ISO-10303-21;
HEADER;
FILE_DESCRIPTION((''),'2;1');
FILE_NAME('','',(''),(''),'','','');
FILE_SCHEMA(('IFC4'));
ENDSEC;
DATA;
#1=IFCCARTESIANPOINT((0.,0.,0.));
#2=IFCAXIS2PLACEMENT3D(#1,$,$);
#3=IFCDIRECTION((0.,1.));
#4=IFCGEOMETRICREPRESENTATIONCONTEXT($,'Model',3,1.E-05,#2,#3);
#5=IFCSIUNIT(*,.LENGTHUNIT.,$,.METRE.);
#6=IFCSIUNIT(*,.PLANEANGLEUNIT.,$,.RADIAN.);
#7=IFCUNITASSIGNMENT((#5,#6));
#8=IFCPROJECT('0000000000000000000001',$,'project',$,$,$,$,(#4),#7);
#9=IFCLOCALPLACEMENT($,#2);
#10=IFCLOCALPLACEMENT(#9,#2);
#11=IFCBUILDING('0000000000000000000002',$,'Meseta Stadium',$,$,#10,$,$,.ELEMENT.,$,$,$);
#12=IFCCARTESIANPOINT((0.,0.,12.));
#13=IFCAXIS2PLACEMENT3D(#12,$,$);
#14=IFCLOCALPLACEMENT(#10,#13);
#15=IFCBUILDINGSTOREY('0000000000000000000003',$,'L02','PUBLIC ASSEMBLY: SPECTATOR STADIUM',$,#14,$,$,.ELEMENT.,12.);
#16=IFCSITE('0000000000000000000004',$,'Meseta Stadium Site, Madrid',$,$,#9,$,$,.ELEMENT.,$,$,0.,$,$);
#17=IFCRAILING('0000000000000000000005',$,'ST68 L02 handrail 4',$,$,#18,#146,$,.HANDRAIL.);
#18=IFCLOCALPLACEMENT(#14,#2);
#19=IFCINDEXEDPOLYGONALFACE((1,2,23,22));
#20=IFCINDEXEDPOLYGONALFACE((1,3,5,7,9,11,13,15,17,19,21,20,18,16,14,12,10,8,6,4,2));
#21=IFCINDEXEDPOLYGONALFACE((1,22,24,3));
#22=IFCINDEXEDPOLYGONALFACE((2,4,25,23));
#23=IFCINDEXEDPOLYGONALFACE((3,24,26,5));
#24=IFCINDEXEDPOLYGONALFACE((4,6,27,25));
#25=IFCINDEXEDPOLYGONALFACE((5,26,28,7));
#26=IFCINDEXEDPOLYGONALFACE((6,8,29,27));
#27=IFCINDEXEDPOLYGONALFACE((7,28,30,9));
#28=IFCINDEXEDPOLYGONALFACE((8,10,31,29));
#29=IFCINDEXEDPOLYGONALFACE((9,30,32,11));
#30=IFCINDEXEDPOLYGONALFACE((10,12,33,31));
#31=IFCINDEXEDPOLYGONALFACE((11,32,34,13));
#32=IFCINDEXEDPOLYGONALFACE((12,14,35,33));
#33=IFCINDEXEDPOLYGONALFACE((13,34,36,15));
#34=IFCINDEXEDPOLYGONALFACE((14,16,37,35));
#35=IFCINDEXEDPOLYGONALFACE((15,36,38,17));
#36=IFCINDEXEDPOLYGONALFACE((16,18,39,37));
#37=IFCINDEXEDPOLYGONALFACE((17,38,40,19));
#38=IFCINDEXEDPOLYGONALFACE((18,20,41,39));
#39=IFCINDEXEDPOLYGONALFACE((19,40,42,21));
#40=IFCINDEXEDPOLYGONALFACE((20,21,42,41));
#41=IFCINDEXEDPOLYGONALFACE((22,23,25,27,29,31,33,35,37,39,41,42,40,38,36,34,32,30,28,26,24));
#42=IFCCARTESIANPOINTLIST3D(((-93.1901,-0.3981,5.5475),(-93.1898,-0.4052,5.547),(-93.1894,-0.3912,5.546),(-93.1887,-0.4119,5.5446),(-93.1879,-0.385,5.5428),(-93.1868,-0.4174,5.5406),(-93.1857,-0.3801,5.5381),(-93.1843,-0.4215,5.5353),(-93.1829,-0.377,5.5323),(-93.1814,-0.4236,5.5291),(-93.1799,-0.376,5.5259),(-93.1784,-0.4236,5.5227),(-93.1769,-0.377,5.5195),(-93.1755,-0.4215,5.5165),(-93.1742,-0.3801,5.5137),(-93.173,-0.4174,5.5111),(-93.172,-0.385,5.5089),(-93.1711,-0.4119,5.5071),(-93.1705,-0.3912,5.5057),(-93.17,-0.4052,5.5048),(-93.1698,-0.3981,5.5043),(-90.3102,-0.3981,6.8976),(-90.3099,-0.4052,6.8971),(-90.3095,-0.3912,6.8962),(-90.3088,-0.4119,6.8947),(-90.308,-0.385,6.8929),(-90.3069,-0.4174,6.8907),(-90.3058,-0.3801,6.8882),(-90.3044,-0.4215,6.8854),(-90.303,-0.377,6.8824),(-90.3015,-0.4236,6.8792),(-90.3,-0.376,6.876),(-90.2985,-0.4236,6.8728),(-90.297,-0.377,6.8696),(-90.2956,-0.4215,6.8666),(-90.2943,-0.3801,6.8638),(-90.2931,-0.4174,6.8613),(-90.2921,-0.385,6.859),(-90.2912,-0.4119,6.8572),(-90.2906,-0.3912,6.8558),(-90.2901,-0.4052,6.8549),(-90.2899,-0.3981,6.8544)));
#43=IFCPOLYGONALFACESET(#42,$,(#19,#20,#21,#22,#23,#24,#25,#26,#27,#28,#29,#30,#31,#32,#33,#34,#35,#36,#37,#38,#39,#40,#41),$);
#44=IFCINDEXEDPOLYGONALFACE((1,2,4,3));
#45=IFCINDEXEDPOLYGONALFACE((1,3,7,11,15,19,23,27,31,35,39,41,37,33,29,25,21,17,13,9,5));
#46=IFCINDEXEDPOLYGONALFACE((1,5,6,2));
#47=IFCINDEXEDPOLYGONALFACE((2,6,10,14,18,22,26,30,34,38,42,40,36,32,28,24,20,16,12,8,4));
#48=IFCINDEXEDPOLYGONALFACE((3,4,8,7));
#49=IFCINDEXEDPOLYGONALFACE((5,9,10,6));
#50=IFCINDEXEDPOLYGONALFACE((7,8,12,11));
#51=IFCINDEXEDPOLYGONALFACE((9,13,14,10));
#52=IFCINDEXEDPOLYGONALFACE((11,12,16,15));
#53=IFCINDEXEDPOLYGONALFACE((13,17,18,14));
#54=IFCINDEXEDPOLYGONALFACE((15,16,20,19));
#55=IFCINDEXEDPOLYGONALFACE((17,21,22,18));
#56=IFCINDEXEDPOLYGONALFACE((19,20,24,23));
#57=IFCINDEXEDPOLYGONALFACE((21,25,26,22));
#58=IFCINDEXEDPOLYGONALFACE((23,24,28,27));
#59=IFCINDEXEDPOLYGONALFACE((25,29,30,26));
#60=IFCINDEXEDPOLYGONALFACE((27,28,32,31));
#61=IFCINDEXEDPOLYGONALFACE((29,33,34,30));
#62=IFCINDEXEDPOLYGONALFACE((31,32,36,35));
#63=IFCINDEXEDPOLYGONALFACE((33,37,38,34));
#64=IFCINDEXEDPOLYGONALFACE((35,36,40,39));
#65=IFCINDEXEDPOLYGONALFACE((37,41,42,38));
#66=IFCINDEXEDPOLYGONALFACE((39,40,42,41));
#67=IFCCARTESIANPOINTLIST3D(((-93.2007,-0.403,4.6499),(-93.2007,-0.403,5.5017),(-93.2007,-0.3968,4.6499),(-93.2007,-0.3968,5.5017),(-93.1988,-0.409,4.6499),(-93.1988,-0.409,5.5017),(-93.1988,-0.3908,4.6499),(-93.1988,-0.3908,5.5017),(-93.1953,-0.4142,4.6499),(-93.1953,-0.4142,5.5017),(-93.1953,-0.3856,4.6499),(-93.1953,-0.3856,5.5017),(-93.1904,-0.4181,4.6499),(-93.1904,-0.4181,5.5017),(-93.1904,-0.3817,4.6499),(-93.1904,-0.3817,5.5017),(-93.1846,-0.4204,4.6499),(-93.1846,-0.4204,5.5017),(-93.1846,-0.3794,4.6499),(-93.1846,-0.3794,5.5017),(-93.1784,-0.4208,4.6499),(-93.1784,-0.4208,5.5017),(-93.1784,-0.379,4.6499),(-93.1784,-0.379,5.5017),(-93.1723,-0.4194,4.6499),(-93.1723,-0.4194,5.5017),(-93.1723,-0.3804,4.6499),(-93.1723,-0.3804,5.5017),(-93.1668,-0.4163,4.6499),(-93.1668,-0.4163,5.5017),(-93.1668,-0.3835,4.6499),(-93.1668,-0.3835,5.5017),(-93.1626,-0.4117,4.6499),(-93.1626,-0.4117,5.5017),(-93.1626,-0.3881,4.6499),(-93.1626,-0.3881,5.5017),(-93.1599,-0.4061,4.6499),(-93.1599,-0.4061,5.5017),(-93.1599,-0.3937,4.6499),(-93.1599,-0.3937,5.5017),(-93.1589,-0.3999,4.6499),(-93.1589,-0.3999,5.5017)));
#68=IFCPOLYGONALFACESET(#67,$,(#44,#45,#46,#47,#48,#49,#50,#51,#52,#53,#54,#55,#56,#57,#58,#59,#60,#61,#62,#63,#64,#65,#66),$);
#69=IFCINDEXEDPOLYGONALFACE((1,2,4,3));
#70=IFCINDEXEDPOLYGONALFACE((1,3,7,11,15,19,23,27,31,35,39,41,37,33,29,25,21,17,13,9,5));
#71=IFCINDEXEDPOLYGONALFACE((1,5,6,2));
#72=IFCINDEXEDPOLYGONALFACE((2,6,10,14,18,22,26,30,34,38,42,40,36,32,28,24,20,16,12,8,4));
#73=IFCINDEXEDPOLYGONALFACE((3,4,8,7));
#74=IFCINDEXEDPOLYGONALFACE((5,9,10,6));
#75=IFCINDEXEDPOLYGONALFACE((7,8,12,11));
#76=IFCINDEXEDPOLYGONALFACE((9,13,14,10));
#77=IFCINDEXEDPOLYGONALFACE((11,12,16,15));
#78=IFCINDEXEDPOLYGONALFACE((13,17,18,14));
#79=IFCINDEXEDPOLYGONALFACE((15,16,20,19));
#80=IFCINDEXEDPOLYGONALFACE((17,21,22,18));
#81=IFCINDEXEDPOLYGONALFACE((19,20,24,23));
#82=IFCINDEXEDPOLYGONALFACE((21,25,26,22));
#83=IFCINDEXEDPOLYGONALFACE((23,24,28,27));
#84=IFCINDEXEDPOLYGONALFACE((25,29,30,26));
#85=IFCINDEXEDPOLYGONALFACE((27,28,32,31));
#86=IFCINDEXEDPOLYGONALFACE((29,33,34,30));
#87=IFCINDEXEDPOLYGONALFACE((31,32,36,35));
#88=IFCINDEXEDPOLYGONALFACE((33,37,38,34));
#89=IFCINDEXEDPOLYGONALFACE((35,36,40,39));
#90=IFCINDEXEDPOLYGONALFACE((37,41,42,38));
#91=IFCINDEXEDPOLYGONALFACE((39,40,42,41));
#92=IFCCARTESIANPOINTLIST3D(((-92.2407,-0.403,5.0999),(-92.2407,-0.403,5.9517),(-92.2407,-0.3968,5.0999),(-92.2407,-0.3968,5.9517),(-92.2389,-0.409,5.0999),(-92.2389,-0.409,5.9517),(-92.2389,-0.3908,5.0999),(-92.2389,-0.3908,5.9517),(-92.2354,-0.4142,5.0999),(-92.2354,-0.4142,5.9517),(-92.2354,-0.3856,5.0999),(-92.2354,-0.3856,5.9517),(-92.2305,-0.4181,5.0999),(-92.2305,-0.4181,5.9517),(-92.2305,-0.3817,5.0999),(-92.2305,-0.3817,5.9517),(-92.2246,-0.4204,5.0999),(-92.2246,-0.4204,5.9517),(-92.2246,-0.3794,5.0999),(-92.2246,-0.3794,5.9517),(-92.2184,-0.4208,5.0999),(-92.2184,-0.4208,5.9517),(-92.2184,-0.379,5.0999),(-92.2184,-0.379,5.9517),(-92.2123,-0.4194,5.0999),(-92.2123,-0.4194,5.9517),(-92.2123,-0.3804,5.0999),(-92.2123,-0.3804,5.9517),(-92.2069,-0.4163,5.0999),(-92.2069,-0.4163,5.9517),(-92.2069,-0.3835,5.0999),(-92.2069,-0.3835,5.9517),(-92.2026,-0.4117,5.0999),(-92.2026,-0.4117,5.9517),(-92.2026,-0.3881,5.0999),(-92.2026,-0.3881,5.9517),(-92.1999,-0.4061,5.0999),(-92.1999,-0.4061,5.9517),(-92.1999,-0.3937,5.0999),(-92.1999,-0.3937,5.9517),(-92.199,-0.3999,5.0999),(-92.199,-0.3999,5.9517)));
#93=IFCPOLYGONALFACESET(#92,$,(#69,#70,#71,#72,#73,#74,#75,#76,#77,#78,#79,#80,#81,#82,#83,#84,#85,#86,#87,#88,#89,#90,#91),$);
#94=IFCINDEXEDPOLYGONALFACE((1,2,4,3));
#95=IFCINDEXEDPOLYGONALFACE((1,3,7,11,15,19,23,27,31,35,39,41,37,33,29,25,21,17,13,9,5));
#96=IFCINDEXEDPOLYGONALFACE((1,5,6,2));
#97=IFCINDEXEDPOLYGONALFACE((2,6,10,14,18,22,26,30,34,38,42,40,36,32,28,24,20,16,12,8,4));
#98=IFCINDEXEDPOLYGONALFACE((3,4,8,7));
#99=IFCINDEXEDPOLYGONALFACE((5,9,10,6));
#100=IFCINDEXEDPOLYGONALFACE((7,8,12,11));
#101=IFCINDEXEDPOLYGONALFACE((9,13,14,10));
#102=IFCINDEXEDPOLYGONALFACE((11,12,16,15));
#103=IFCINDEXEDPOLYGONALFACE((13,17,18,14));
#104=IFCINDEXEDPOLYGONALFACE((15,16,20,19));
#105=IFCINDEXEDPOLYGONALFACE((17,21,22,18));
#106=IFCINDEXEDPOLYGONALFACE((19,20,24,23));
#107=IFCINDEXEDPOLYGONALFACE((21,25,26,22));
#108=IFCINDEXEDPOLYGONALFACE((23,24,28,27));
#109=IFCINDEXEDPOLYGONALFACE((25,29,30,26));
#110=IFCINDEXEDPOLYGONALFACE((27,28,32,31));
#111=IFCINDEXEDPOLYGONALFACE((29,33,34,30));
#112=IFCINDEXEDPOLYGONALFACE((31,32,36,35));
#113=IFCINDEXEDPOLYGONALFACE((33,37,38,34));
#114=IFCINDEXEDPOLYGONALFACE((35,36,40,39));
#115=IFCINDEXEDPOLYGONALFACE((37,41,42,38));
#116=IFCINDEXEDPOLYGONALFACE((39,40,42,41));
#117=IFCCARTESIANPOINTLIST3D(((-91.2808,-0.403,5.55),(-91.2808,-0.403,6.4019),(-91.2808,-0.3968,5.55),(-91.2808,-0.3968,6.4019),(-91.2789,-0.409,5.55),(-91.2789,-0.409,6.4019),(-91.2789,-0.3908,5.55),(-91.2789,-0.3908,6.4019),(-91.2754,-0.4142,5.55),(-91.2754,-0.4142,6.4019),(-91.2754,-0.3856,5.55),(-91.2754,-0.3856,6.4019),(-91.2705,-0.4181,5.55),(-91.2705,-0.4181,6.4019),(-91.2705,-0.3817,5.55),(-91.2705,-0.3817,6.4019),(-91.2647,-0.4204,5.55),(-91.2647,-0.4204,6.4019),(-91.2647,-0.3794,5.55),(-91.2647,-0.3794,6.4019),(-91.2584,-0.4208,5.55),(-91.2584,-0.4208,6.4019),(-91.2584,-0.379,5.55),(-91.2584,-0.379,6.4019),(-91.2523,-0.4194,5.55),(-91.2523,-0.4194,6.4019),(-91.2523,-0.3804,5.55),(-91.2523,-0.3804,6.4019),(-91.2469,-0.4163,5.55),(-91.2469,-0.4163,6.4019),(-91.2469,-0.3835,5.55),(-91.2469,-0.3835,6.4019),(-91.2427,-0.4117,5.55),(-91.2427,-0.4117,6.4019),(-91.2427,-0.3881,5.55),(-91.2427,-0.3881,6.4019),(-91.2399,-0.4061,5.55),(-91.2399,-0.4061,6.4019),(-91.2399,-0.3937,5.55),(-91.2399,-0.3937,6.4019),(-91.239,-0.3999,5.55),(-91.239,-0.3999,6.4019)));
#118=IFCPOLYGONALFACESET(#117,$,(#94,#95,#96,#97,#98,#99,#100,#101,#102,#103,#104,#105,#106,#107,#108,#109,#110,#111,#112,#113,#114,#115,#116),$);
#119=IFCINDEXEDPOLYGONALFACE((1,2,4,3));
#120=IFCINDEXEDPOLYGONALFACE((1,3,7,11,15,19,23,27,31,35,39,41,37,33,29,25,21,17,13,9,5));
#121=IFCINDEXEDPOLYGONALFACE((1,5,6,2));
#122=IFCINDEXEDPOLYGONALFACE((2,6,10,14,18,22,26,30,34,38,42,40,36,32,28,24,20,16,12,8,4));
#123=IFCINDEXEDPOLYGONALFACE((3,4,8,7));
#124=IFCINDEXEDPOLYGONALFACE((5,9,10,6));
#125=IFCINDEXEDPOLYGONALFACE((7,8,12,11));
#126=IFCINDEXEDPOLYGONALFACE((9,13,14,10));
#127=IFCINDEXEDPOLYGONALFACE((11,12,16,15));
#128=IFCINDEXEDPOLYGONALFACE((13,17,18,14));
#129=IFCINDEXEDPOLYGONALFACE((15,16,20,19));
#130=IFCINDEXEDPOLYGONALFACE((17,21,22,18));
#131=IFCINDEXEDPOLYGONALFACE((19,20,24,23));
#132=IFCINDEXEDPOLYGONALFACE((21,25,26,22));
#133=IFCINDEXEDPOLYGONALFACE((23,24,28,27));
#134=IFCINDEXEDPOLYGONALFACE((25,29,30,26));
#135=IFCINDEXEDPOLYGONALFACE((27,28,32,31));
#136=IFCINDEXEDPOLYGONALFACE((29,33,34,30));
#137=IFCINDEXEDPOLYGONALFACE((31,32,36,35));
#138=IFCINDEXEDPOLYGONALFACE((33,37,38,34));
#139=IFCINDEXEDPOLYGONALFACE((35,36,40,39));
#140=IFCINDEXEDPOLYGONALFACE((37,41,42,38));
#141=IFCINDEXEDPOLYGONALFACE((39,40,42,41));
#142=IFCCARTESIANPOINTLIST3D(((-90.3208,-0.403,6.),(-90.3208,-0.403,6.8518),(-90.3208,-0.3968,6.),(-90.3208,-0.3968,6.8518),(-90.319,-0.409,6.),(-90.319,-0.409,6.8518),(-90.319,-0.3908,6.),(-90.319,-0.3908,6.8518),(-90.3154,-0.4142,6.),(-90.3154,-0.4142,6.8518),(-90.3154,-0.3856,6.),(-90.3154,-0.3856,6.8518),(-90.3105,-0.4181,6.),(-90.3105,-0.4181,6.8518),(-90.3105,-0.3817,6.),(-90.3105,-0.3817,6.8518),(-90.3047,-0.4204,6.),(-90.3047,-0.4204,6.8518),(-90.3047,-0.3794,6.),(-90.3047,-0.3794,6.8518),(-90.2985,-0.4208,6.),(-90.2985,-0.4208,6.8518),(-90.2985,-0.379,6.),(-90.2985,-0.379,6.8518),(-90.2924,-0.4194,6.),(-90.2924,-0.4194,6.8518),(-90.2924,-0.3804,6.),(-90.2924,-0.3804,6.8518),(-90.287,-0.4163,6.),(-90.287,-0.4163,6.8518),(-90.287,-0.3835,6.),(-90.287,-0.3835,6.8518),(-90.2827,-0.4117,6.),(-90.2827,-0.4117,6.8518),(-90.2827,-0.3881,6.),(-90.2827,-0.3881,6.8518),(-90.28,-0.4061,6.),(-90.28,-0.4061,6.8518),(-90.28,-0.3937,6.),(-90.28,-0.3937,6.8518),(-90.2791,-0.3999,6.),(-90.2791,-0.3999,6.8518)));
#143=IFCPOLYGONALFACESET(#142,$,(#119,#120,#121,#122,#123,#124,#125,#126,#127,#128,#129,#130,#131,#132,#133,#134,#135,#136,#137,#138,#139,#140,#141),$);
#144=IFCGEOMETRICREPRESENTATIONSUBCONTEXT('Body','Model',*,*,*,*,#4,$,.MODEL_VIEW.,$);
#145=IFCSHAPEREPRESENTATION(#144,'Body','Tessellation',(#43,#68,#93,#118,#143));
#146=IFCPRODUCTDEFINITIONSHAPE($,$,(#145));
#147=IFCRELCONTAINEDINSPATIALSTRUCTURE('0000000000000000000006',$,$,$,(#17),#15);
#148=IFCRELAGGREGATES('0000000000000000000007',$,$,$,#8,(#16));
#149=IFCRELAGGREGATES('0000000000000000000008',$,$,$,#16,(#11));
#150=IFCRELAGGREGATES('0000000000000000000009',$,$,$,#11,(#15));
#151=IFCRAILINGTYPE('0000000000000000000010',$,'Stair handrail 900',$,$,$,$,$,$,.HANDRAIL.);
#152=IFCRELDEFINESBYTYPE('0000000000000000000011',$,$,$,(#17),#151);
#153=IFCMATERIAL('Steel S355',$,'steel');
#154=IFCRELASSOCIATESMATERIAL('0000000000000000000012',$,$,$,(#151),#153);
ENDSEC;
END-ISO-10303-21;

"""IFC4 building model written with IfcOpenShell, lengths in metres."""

from ifc_helpers import new_model, si_unit, direction, frame, origin, origin_2d, place, context, subcontext, project, spatial, circle, extrude, material, type_object, element, save


model = new_model("IFC4")

# Units and contexts
model_context = context("Model", 3, precision=1e-05, world=origin(), true_north=direction((0.0, 1.0)))
body_context = subcontext(model_context, "Body", "Model", "MODEL_VIEW")
ifc_project = project(units=[si_unit("LENGTHUNIT", "METRE"), si_unit("PLANEANGLEUNIT", "RADIAN")], contexts=[model_context])

# Site, building, storey
site_placement = place(None, origin())
site = spatial("IfcSite", under=ifc_project, at=site_placement, Name="Meseta Stadium Site, Madrid", CompositionType="ELEMENT", RefElevation=0.0)
building_placement = place(site_placement, origin())
building = spatial("IfcBuilding", under=site, at=building_placement, Name="Meseta Stadium", CompositionType="ELEMENT")
storey_placement = place(building_placement, frame((0.0, 0.0, 12.0)))
storey = spatial("IfcBuildingStorey", under=building, at=storey_placement, Name="L02", Description="PUBLIC ASSEMBLY: SPECTATOR STADIUM", CompositionType="ELEMENT", Elevation=12.0)

# Railing
ifc_material_1 = material(Name="Steel S355", Category="steel")
railing_type = type_object("IfcRailingType", Name="Stair handrail 900", PredefinedType="HANDRAIL", material=ifc_material_1)
for number, where, name in (
    (1, (-93.1799, -0.3999, 4.6499), "ST68 L02 handrail 4"),
):
    element("IfcRailing", number, at=place(storey_placement, frame(where)), inside=storey, type_object=railing_type, Name=name, PredefinedType="HANDRAIL", context=body_context, shape_type="SweptSolid", body=[
        extrude(circle(Radius=0.0239, at=origin_2d()), frame((0.0, 0.0, 0.876), z_axis=(0.90544, 0.0, 0.424473), x_axis=(0.0, 1.0, 0.0)), (0.0, 0.0, 1.0), 3.1807),
        extrude(circle(Radius=0.021, at=origin_2d()), origin(), (0.0, 0.0, 1.0), 0.8518),
        extrude(circle(Radius=0.021, at=origin_2d()), frame((0.96, 0.0, 0.45)), (0.0, 0.0, 1.0), 0.8518),
        extrude(circle(Radius=0.021, at=origin_2d()), frame((1.9199, 0.0, 0.9001)), (0.0, 0.0, 1.0), 0.8518),
        extrude(circle(Radius=0.021, at=origin_2d()), frame((2.8799, 0.0, 1.3501)), (0.0, 0.0, 1.0), 0.8518),
    ])

save(model, "model.ifc")
